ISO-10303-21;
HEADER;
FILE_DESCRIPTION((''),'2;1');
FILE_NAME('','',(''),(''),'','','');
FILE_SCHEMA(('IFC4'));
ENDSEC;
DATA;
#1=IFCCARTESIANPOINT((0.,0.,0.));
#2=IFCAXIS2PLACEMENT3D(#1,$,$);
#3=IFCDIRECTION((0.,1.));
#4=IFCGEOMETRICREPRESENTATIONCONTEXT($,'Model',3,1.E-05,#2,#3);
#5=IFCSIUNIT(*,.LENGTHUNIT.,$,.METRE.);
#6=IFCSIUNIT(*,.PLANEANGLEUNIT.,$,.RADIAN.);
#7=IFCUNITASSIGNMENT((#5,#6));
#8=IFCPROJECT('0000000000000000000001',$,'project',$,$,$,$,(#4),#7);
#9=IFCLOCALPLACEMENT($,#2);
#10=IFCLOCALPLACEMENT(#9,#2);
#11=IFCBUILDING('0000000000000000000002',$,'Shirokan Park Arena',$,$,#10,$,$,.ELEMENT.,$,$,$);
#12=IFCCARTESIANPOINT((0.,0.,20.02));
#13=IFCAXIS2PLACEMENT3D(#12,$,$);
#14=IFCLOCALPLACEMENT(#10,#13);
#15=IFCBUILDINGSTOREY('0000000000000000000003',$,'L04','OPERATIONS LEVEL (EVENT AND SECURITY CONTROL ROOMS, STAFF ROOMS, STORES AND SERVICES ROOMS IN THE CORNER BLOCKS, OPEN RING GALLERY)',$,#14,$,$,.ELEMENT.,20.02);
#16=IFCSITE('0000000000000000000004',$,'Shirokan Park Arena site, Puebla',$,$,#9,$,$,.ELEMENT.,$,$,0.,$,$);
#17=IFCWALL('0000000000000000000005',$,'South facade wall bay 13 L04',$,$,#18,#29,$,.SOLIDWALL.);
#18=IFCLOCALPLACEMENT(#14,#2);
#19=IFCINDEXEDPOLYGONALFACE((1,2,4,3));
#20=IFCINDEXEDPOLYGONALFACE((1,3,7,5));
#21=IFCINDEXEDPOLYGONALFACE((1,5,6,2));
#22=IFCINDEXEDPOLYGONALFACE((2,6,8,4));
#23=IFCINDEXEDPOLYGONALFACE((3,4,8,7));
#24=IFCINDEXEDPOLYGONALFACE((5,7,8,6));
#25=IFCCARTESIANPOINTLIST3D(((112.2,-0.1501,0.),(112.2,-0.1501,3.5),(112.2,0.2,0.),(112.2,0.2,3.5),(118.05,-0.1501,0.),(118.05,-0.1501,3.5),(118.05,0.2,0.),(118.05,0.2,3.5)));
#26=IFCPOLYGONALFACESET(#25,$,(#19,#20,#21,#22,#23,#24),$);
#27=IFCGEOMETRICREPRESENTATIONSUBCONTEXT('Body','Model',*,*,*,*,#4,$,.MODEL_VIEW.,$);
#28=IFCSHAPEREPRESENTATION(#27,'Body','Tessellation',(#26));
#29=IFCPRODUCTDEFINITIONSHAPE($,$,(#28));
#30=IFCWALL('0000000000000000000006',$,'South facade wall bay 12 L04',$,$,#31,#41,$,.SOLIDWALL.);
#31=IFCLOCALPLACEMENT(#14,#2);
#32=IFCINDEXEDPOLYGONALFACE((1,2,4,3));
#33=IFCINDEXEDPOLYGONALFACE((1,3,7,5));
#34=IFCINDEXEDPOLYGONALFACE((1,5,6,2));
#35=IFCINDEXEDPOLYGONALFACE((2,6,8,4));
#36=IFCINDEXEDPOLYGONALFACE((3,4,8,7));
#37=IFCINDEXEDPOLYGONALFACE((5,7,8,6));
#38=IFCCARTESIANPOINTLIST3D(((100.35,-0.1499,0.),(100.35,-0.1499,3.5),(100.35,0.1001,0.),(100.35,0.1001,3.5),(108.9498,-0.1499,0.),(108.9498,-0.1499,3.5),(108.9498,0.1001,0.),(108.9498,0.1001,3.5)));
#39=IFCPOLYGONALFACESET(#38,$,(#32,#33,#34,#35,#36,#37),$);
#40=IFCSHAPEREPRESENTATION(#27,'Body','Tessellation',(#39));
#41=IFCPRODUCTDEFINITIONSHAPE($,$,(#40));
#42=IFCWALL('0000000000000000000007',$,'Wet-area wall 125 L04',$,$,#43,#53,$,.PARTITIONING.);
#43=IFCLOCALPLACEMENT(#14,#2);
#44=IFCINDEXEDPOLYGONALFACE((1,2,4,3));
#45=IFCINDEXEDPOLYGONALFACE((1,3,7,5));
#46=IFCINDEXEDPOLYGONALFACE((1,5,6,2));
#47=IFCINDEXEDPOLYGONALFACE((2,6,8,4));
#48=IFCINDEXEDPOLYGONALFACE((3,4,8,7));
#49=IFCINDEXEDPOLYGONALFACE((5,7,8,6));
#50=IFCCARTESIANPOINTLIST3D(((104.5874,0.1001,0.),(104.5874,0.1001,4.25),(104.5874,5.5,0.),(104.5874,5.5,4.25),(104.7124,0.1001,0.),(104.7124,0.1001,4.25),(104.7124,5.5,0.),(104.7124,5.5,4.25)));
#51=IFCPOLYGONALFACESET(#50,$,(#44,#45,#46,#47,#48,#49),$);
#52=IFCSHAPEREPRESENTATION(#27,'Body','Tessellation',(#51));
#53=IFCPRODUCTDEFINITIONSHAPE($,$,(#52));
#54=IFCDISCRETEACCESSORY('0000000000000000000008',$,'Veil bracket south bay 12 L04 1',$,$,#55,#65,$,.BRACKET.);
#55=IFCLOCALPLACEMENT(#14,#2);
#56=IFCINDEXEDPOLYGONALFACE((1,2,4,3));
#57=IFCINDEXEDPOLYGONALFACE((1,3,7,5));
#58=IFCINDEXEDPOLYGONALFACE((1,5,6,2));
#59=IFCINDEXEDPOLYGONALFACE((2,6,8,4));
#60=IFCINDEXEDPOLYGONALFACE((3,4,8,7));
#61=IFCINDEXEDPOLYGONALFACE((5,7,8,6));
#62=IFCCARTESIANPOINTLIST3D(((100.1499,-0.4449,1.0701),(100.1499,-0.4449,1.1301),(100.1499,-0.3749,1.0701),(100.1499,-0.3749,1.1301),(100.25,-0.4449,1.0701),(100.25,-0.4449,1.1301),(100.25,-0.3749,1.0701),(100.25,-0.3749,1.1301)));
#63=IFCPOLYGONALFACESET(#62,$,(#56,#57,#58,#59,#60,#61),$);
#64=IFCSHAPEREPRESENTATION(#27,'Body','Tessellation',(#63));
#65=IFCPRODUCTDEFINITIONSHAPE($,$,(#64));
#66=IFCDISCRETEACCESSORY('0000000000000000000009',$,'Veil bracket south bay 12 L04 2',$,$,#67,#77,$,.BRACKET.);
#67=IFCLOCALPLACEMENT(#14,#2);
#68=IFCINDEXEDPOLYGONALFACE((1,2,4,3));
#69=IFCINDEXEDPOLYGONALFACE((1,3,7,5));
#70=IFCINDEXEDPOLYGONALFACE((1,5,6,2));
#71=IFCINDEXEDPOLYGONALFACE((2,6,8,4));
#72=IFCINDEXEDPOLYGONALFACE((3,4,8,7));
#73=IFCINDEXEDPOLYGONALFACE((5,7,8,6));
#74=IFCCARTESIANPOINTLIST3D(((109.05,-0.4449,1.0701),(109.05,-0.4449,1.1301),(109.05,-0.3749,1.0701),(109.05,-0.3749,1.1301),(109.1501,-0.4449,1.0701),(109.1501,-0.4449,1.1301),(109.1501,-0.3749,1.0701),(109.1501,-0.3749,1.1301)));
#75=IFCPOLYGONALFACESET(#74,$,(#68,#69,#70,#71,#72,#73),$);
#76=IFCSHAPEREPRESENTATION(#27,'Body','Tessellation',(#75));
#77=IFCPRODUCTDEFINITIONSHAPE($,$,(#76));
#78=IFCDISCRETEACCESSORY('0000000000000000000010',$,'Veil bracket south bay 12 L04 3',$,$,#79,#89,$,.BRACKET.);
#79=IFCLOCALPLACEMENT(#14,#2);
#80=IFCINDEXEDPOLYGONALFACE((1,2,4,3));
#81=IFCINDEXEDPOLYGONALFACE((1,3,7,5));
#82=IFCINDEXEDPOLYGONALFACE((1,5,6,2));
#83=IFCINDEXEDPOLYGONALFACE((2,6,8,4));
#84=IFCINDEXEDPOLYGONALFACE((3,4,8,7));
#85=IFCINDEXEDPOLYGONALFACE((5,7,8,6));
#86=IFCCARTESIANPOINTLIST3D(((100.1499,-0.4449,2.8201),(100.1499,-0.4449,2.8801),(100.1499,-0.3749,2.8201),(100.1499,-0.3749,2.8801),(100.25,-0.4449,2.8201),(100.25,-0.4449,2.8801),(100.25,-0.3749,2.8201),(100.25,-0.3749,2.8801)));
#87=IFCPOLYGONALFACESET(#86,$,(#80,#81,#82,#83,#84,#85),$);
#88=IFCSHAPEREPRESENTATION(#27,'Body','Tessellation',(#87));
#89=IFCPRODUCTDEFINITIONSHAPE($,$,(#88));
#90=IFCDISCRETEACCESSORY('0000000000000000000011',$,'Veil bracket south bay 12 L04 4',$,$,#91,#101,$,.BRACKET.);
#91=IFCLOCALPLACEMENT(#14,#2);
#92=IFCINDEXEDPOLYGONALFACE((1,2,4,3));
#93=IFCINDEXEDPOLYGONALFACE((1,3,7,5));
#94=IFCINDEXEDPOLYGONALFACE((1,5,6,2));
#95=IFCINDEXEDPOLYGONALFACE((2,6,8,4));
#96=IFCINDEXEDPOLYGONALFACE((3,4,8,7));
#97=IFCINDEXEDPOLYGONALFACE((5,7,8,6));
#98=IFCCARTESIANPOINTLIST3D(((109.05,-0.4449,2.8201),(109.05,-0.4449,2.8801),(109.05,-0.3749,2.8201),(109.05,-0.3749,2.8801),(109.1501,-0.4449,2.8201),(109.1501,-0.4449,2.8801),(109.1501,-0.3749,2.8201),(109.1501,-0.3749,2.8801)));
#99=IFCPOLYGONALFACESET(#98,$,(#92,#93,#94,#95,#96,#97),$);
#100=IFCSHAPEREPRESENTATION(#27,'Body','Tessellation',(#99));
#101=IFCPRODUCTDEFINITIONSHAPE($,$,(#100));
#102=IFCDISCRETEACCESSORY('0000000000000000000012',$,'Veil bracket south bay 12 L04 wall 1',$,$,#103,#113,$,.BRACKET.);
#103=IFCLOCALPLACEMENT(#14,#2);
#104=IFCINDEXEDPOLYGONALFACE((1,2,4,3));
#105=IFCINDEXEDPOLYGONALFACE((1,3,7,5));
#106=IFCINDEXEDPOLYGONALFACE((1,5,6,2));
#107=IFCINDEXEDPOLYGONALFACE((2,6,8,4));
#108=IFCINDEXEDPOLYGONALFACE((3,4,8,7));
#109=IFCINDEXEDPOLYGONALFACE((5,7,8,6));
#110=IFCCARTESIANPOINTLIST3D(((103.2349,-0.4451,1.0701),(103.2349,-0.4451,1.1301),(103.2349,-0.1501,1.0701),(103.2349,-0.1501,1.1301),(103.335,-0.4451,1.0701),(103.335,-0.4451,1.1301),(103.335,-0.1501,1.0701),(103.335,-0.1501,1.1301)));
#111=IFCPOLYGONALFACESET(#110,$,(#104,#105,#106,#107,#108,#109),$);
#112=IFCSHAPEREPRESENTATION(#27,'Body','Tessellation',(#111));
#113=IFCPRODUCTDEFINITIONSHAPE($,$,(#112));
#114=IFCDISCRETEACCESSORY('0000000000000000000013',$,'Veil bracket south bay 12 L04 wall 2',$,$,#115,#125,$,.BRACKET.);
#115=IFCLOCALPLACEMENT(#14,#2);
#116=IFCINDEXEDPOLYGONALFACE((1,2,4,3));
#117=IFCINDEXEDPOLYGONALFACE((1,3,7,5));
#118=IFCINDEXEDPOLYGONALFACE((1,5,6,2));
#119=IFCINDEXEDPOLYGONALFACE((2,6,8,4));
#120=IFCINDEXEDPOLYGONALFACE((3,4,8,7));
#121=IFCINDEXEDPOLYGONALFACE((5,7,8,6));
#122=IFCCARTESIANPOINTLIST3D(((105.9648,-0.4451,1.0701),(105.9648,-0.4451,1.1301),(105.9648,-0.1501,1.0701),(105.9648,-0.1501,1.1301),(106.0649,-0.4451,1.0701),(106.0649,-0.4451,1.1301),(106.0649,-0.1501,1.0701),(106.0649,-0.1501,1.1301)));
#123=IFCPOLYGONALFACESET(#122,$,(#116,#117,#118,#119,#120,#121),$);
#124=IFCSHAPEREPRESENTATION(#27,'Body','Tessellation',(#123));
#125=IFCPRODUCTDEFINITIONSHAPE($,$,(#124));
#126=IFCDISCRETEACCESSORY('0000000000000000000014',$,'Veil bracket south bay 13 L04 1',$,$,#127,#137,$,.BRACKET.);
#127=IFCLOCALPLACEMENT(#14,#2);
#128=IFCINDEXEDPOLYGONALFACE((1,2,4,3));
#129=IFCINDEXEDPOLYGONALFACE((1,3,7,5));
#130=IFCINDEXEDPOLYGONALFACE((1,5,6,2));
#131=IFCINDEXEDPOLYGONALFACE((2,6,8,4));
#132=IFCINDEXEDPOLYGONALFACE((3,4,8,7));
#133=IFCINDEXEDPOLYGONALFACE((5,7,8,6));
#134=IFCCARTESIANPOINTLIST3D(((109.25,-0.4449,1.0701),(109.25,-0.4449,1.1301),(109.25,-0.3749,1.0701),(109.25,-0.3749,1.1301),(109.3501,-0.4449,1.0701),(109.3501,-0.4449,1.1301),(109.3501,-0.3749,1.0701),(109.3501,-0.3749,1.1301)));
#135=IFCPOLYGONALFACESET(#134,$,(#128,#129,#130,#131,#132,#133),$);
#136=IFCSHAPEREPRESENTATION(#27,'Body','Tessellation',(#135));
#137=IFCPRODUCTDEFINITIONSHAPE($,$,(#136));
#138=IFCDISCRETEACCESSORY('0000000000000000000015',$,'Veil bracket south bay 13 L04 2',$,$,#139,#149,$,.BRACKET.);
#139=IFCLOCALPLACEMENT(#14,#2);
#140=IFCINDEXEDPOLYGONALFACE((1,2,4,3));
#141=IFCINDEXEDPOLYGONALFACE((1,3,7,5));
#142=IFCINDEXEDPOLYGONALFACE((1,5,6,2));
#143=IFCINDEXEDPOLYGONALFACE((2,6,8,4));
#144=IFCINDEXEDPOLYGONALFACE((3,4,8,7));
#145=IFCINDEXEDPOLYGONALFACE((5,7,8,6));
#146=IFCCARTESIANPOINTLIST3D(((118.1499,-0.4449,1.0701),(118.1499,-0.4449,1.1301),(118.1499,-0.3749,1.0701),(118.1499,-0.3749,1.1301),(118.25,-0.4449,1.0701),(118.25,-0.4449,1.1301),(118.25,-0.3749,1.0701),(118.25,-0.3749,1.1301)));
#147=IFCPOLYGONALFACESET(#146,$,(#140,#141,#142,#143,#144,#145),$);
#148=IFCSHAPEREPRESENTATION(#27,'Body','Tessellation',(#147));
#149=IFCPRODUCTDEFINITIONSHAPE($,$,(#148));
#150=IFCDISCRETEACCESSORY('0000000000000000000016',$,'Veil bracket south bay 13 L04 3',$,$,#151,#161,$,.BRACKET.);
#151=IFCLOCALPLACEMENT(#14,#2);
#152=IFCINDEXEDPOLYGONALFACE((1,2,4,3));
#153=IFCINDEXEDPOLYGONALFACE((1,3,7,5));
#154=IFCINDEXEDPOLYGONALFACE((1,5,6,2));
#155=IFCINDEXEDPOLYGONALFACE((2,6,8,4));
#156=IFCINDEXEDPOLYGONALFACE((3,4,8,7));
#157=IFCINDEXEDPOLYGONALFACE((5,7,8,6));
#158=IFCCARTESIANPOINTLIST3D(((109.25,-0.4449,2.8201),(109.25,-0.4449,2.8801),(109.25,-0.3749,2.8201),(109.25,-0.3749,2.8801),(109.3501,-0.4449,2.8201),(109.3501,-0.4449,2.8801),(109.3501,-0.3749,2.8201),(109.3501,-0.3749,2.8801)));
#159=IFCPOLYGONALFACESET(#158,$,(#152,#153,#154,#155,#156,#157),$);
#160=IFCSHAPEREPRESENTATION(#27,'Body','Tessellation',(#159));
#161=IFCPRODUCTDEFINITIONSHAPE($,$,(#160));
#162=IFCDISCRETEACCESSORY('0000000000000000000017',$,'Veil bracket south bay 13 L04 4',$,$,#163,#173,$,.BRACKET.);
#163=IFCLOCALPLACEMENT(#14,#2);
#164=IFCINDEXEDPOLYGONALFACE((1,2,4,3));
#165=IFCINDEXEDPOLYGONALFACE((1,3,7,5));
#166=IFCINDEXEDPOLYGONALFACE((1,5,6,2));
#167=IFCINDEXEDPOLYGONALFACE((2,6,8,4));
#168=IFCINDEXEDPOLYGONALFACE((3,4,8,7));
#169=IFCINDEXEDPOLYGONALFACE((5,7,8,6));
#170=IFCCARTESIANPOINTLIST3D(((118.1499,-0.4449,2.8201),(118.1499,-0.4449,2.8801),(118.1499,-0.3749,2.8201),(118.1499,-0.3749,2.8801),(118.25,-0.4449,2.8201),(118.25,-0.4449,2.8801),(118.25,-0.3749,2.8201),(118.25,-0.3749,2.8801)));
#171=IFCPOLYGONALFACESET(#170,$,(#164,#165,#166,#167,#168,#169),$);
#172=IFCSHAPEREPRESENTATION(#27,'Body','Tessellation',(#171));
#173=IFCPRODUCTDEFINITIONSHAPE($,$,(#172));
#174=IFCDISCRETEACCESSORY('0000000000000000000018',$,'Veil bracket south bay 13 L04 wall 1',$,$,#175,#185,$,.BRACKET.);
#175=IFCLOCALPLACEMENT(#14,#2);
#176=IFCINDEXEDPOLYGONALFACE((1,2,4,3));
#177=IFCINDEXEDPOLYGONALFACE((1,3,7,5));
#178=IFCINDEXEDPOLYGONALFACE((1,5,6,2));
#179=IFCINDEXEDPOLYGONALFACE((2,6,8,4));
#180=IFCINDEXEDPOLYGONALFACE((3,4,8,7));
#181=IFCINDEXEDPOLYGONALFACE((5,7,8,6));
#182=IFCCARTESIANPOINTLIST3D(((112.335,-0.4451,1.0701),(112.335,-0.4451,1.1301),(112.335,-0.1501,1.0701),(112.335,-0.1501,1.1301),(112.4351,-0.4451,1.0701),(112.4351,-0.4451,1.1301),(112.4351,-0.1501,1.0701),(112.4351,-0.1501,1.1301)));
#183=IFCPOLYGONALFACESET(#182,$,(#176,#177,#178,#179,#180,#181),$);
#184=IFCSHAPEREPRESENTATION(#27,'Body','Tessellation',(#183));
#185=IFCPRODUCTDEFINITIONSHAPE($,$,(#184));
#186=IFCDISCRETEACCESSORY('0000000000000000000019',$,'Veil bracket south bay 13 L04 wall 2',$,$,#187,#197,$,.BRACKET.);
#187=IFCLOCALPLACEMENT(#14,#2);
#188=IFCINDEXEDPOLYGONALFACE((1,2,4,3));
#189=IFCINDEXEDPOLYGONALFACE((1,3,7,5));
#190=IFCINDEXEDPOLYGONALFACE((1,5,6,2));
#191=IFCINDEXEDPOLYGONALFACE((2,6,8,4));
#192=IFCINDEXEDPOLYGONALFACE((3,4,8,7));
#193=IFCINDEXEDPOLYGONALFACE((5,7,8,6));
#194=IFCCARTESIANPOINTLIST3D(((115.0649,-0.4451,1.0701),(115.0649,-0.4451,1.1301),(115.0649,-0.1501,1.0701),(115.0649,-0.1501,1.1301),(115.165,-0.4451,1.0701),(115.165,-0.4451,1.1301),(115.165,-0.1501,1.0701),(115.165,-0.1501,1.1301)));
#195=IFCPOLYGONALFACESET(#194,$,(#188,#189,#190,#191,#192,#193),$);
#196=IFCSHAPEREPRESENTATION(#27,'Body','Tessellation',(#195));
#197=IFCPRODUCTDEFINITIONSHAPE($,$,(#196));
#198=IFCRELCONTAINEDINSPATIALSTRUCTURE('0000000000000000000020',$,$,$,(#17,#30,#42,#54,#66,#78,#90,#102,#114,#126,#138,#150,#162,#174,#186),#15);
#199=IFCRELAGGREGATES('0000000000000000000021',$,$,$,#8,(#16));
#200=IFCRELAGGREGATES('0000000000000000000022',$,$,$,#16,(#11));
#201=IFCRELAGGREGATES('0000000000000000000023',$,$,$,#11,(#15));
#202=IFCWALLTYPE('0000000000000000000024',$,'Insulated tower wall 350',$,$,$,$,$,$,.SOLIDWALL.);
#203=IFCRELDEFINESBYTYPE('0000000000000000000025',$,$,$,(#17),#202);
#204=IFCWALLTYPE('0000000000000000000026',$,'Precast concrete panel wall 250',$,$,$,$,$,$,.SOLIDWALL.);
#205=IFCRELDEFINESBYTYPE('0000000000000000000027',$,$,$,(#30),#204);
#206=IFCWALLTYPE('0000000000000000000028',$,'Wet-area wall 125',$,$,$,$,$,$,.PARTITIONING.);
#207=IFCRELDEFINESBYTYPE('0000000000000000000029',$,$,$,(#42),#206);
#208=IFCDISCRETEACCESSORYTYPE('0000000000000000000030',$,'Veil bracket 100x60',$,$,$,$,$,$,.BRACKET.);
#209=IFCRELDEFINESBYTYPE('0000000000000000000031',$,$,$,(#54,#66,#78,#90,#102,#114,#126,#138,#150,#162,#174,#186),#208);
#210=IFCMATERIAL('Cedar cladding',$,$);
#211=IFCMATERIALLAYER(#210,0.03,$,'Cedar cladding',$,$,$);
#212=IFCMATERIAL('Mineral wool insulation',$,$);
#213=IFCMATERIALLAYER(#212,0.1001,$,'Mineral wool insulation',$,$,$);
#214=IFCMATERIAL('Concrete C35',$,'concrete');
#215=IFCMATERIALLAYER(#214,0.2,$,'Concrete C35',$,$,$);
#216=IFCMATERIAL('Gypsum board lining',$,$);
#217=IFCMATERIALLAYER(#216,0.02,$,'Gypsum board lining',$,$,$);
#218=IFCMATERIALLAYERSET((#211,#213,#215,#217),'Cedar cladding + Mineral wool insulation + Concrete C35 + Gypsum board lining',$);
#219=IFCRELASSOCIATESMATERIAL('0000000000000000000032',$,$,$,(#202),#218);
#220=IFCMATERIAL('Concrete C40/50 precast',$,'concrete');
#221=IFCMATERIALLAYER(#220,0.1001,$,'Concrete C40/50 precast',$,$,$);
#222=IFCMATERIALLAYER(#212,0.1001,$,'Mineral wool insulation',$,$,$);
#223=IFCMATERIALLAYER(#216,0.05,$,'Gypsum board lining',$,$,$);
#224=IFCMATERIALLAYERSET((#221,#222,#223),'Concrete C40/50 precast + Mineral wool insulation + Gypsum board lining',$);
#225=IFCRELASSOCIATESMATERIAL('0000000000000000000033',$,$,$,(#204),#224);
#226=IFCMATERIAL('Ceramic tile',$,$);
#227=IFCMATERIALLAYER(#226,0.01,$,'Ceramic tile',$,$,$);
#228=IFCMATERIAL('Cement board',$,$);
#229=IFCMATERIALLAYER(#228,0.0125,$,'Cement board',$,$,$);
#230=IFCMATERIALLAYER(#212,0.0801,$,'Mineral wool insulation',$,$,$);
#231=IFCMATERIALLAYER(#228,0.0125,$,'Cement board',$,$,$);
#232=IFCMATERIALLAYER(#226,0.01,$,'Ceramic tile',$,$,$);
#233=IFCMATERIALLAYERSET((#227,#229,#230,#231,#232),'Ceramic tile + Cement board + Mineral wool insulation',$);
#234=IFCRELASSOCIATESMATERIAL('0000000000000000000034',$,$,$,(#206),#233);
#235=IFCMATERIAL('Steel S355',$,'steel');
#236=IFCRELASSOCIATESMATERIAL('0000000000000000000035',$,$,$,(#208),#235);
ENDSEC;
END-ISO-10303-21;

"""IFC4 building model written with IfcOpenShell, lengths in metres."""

from ifc_helpers import new_model, si_unit, direction, frame, frame_2d, origin, origin_2d, place, context, subcontext, project, spatial, rectangle, extrude, material, layer, layer_set, type_object, element, save


model = new_model("IFC4")

# Units and contexts
model_context = context("Model", 3, precision=1e-05, world=origin(), true_north=direction((0.0, 1.0)))
body_context = subcontext(model_context, "Body", "Model", "MODEL_VIEW")
ifc_project = project(units=[si_unit("LENGTHUNIT", "METRE"), si_unit("PLANEANGLEUNIT", "RADIAN")], contexts=[model_context])

# Site, building, storey
site_placement = place(None, origin())
site = spatial("IfcSite", under=ifc_project, at=site_placement, Name="Shirokan Park Arena site, Puebla", CompositionType="ELEMENT", RefElevation=0.0)
building_placement = place(site_placement, origin())
building = spatial("IfcBuilding", under=site, at=building_placement, Name="Shirokan Park Arena", CompositionType="ELEMENT")
storey_placement = place(building_placement, frame((0.0, 0.0, 20.02)))
storey = spatial("IfcBuildingStorey", under=building, at=storey_placement, Name="L04", Description="OPERATIONS LEVEL (EVENT AND SECURITY CONTROL ROOMS, STAFF ROOMS, STORES AND SERVICES ROOMS IN THE CORNER BLOCKS, OPEN RING GALLERY)", CompositionType="ELEMENT", Elevation=20.02)

# Shared definitions
ifc_material_1 = material(Name="Concrete C35", Category="concrete")

# Shared definitions
ifc_material_2 = material(Name="Steel S355", Category="steel")

# Shared definitions
ifc_material_3 = material(Name="Mineral wool insulation")

# Walls
ifc_material_4 = material(Name="Cedar cladding")
ifc_layer_1 = layer(ifc_material_4, 0.03, Name="Cedar cladding")
ifc_layer_2 = layer(ifc_material_3, 0.1001, Name="Mineral wool insulation")
ifc_layer_3 = layer(ifc_material_1, 0.2, Name="Concrete C35")
ifc_material_5 = material(Name="Gypsum board lining")
ifc_layer_4 = layer(ifc_material_5, 0.02, Name="Gypsum board lining")
ifc_layer_set_1 = layer_set([ifc_layer_1, ifc_layer_2, ifc_layer_3, ifc_layer_4], Name="Cedar cladding + Mineral wool insulation + Concrete C35 + Gypsum board lining")
wall_type_1 = type_object("IfcWallType", Name="Insulated tower wall 350", PredefinedType="SOLIDWALL", material=ifc_layer_set_1)
wall_1_placement = place(storey_placement, frame((112.2, 0.0249, 0.0), z_axis=(0.0, 0.0, 1.0), x_axis=(1.0, 0.0, 0.0)))
element("IfcWall", 1, at=wall_1_placement, inside=storey, type_object=wall_type_1, Name="South facade wall bay 13 L04", PredefinedType="SOLIDWALL", context=body_context, shape_type="SweptSolid", body=[
    extrude(rectangle(XDim=5.8501, YDim=0.3501, at=frame_2d((2.925, 0.0))), origin(), (0.0, 0.0, 1.0), 3.5),
])
ifc_material_6 = material(Name="Concrete C40/50 precast", Category="concrete")
ifc_layer_5 = layer(ifc_material_6, 0.1001, Name="Concrete C40/50 precast")
ifc_layer_6 = layer(ifc_material_3, 0.1001, Name="Mineral wool insulation")
ifc_layer_7 = layer(ifc_material_5, 0.05, Name="Gypsum board lining")
ifc_layer_set_2 = layer_set([ifc_layer_5, ifc_layer_6, ifc_layer_7], Name="Concrete C40/50 precast + Mineral wool insulation + Gypsum board lining")
wall_type_2 = type_object("IfcWallType", Name="Precast concrete panel wall 250", PredefinedType="SOLIDWALL", material=ifc_layer_set_2)
wall_2_placement = place(storey_placement, frame((100.3501, -0.0249, 0.0), z_axis=(0.0, 0.0, 1.0), x_axis=(1.0, 0.0, 0.0)))
element("IfcWall", 2, at=wall_2_placement, inside=storey, type_object=wall_type_2, Name="South facade wall bay 12 L04", PredefinedType="SOLIDWALL", context=body_context, shape_type="SweptSolid", body=[
    extrude(rectangle(XDim=8.5999, YDim=0.25, at=frame_2d((4.2998, 0.0))), origin(), (0.0, 0.0, 1.0), 3.5),
])
ifc_material_7 = material(Name="Ceramic tile")
ifc_layer_8 = layer(ifc_material_7, 0.01, Name="Ceramic tile")
ifc_material_8 = material(Name="Cement board")
ifc_layer_9 = layer(ifc_material_8, 0.0125, Name="Cement board")
ifc_layer_10 = layer(ifc_material_3, 0.0801, Name="Mineral wool insulation")
ifc_layer_11 = layer(ifc_material_8, 0.0125, Name="Cement board")
ifc_layer_12 = layer(ifc_material_7, 0.01, Name="Ceramic tile")
ifc_layer_set_3 = layer_set([ifc_layer_8, ifc_layer_9, ifc_layer_10, ifc_layer_11, ifc_layer_12], Name="Ceramic tile + Cement board + Mineral wool insulation")
wall_type_3 = type_object("IfcWallType", Name="Wet-area wall 125", PredefinedType="PARTITIONING", material=ifc_layer_set_3)
wall_3_placement = place(storey_placement, frame((104.6499, 0.1001, 0.0), z_axis=(0.0, 0.0, 1.0), x_axis=(0.0, 1.0, 0.0)))
element("IfcWall", 3, at=wall_3_placement, inside=storey, type_object=wall_type_3, Name="Wet-area wall 125 L04", PredefinedType="PARTITIONING", context=body_context, shape_type="SweptSolid", body=[
    extrude(rectangle(XDim=5.3999, YDim=0.125, at=frame_2d((2.7, 0.0))), origin(), (0.0, 0.0, 1.0), 4.25),
])

# Discrete accessories
discrete_accessory_type = type_object("IfcDiscreteAccessoryType", Name="Veil bracket 100x60", PredefinedType="BRACKET", material=ifc_material_2)
for number, where, z_axis, x_axis, name in (
    (4, (100.2, -0.4099, 1.0701), (0.0, 0.0, 1.0), (1.0, 0.0, 0.0), "Veil bracket south bay 12 L04 1"),
    (5, (109.1001, -0.4099, 1.0701), (0.0, 0.0, 1.0), (1.0, 0.0, 0.0), "Veil bracket south bay 12 L04 2"),
    (6, (100.2, -0.4099, 2.8201), (0.0, 0.0, 1.0), (1.0, 0.0, 0.0), "Veil bracket south bay 12 L04 3"),
    (7, (109.1001, -0.4099, 2.8201), (0.0, 0.0, 1.0), (1.0, 0.0, 0.0), "Veil bracket south bay 12 L04 4"),
):
    element("IfcDiscreteAccessory", number, at=place(storey_placement, frame(where, z_axis=z_axis, x_axis=x_axis)), inside=storey, type_object=discrete_accessory_type, Name=name, PredefinedType="BRACKET", context=body_context, shape_type="SweptSolid", body=[
        extrude(rectangle(XDim=0.1001, YDim=0.0701, at=origin_2d()), origin(), (0.0, 0.0, 1.0), 0.0601),
    ])
for number, where, z_axis, x_axis, name in (
    (8, (103.2849, -0.2976, 1.0701), (0.0, 0.0, 1.0), (1.0, 0.0, 0.0), "Veil bracket south bay 12 L04 wall 1"),
    (9, (106.0149, -0.2976, 1.0701), (0.0, 0.0, 1.0), (1.0, 0.0, 0.0), "Veil bracket south bay 12 L04 wall 2"),
):
    element("IfcDiscreteAccessory", number, at=place(storey_placement, frame(where, z_axis=z_axis, x_axis=x_axis)), inside=storey, type_object=discrete_accessory_type, Name=name, PredefinedType="BRACKET", context=body_context, shape_type="SweptSolid", body=[
        extrude(rectangle(XDim=0.1001, YDim=0.2949, at=origin_2d()), origin(), (0.0, 0.0, 1.0), 0.0601),
    ])
for number, where, z_axis, x_axis, name in (
    (10, (109.3, -0.4099, 1.0701), (0.0, 0.0, 1.0), (1.0, 0.0, 0.0), "Veil bracket south bay 13 L04 1"),
    (11, (118.2, -0.4099, 1.0701), (0.0, 0.0, 1.0), (1.0, 0.0, 0.0), "Veil bracket south bay 13 L04 2"),
    (12, (109.3, -0.4099, 2.8201), (0.0, 0.0, 1.0), (1.0, 0.0, 0.0), "Veil bracket south bay 13 L04 3"),
    (13, (118.2, -0.4099, 2.8201), (0.0, 0.0, 1.0), (1.0, 0.0, 0.0), "Veil bracket south bay 13 L04 4"),
):
    element("IfcDiscreteAccessory", number, at=place(storey_placement, frame(where, z_axis=z_axis, x_axis=x_axis)), inside=storey, type_object=discrete_accessory_type, Name=name, PredefinedType="BRACKET", context=body_context, shape_type="SweptSolid", body=[
        extrude(rectangle(XDim=0.1001, YDim=0.0701, at=origin_2d()), origin(), (0.0, 0.0, 1.0), 0.0601),
    ])
for number, where, z_axis, x_axis, name in (
    (14, (112.385, -0.2976, 1.0701), (0.0, 0.0, 1.0), (1.0, 0.0, 0.0), "Veil bracket south bay 13 L04 wall 1"),
    (15, (115.115, -0.2976, 1.0701), (0.0, 0.0, 1.0), (1.0, 0.0, 0.0), "Veil bracket south bay 13 L04 wall 2"),
):
    element("IfcDiscreteAccessory", number, at=place(storey_placement, frame(where, z_axis=z_axis, x_axis=x_axis)), inside=storey, type_object=discrete_accessory_type, Name=name, PredefinedType="BRACKET", context=body_context, shape_type="SweptSolid", body=[
        extrude(rectangle(XDim=0.1001, YDim=0.2949, at=origin_2d()), origin(), (0.0, 0.0, 1.0), 0.0601),
    ])

save(model, "model.ifc")
